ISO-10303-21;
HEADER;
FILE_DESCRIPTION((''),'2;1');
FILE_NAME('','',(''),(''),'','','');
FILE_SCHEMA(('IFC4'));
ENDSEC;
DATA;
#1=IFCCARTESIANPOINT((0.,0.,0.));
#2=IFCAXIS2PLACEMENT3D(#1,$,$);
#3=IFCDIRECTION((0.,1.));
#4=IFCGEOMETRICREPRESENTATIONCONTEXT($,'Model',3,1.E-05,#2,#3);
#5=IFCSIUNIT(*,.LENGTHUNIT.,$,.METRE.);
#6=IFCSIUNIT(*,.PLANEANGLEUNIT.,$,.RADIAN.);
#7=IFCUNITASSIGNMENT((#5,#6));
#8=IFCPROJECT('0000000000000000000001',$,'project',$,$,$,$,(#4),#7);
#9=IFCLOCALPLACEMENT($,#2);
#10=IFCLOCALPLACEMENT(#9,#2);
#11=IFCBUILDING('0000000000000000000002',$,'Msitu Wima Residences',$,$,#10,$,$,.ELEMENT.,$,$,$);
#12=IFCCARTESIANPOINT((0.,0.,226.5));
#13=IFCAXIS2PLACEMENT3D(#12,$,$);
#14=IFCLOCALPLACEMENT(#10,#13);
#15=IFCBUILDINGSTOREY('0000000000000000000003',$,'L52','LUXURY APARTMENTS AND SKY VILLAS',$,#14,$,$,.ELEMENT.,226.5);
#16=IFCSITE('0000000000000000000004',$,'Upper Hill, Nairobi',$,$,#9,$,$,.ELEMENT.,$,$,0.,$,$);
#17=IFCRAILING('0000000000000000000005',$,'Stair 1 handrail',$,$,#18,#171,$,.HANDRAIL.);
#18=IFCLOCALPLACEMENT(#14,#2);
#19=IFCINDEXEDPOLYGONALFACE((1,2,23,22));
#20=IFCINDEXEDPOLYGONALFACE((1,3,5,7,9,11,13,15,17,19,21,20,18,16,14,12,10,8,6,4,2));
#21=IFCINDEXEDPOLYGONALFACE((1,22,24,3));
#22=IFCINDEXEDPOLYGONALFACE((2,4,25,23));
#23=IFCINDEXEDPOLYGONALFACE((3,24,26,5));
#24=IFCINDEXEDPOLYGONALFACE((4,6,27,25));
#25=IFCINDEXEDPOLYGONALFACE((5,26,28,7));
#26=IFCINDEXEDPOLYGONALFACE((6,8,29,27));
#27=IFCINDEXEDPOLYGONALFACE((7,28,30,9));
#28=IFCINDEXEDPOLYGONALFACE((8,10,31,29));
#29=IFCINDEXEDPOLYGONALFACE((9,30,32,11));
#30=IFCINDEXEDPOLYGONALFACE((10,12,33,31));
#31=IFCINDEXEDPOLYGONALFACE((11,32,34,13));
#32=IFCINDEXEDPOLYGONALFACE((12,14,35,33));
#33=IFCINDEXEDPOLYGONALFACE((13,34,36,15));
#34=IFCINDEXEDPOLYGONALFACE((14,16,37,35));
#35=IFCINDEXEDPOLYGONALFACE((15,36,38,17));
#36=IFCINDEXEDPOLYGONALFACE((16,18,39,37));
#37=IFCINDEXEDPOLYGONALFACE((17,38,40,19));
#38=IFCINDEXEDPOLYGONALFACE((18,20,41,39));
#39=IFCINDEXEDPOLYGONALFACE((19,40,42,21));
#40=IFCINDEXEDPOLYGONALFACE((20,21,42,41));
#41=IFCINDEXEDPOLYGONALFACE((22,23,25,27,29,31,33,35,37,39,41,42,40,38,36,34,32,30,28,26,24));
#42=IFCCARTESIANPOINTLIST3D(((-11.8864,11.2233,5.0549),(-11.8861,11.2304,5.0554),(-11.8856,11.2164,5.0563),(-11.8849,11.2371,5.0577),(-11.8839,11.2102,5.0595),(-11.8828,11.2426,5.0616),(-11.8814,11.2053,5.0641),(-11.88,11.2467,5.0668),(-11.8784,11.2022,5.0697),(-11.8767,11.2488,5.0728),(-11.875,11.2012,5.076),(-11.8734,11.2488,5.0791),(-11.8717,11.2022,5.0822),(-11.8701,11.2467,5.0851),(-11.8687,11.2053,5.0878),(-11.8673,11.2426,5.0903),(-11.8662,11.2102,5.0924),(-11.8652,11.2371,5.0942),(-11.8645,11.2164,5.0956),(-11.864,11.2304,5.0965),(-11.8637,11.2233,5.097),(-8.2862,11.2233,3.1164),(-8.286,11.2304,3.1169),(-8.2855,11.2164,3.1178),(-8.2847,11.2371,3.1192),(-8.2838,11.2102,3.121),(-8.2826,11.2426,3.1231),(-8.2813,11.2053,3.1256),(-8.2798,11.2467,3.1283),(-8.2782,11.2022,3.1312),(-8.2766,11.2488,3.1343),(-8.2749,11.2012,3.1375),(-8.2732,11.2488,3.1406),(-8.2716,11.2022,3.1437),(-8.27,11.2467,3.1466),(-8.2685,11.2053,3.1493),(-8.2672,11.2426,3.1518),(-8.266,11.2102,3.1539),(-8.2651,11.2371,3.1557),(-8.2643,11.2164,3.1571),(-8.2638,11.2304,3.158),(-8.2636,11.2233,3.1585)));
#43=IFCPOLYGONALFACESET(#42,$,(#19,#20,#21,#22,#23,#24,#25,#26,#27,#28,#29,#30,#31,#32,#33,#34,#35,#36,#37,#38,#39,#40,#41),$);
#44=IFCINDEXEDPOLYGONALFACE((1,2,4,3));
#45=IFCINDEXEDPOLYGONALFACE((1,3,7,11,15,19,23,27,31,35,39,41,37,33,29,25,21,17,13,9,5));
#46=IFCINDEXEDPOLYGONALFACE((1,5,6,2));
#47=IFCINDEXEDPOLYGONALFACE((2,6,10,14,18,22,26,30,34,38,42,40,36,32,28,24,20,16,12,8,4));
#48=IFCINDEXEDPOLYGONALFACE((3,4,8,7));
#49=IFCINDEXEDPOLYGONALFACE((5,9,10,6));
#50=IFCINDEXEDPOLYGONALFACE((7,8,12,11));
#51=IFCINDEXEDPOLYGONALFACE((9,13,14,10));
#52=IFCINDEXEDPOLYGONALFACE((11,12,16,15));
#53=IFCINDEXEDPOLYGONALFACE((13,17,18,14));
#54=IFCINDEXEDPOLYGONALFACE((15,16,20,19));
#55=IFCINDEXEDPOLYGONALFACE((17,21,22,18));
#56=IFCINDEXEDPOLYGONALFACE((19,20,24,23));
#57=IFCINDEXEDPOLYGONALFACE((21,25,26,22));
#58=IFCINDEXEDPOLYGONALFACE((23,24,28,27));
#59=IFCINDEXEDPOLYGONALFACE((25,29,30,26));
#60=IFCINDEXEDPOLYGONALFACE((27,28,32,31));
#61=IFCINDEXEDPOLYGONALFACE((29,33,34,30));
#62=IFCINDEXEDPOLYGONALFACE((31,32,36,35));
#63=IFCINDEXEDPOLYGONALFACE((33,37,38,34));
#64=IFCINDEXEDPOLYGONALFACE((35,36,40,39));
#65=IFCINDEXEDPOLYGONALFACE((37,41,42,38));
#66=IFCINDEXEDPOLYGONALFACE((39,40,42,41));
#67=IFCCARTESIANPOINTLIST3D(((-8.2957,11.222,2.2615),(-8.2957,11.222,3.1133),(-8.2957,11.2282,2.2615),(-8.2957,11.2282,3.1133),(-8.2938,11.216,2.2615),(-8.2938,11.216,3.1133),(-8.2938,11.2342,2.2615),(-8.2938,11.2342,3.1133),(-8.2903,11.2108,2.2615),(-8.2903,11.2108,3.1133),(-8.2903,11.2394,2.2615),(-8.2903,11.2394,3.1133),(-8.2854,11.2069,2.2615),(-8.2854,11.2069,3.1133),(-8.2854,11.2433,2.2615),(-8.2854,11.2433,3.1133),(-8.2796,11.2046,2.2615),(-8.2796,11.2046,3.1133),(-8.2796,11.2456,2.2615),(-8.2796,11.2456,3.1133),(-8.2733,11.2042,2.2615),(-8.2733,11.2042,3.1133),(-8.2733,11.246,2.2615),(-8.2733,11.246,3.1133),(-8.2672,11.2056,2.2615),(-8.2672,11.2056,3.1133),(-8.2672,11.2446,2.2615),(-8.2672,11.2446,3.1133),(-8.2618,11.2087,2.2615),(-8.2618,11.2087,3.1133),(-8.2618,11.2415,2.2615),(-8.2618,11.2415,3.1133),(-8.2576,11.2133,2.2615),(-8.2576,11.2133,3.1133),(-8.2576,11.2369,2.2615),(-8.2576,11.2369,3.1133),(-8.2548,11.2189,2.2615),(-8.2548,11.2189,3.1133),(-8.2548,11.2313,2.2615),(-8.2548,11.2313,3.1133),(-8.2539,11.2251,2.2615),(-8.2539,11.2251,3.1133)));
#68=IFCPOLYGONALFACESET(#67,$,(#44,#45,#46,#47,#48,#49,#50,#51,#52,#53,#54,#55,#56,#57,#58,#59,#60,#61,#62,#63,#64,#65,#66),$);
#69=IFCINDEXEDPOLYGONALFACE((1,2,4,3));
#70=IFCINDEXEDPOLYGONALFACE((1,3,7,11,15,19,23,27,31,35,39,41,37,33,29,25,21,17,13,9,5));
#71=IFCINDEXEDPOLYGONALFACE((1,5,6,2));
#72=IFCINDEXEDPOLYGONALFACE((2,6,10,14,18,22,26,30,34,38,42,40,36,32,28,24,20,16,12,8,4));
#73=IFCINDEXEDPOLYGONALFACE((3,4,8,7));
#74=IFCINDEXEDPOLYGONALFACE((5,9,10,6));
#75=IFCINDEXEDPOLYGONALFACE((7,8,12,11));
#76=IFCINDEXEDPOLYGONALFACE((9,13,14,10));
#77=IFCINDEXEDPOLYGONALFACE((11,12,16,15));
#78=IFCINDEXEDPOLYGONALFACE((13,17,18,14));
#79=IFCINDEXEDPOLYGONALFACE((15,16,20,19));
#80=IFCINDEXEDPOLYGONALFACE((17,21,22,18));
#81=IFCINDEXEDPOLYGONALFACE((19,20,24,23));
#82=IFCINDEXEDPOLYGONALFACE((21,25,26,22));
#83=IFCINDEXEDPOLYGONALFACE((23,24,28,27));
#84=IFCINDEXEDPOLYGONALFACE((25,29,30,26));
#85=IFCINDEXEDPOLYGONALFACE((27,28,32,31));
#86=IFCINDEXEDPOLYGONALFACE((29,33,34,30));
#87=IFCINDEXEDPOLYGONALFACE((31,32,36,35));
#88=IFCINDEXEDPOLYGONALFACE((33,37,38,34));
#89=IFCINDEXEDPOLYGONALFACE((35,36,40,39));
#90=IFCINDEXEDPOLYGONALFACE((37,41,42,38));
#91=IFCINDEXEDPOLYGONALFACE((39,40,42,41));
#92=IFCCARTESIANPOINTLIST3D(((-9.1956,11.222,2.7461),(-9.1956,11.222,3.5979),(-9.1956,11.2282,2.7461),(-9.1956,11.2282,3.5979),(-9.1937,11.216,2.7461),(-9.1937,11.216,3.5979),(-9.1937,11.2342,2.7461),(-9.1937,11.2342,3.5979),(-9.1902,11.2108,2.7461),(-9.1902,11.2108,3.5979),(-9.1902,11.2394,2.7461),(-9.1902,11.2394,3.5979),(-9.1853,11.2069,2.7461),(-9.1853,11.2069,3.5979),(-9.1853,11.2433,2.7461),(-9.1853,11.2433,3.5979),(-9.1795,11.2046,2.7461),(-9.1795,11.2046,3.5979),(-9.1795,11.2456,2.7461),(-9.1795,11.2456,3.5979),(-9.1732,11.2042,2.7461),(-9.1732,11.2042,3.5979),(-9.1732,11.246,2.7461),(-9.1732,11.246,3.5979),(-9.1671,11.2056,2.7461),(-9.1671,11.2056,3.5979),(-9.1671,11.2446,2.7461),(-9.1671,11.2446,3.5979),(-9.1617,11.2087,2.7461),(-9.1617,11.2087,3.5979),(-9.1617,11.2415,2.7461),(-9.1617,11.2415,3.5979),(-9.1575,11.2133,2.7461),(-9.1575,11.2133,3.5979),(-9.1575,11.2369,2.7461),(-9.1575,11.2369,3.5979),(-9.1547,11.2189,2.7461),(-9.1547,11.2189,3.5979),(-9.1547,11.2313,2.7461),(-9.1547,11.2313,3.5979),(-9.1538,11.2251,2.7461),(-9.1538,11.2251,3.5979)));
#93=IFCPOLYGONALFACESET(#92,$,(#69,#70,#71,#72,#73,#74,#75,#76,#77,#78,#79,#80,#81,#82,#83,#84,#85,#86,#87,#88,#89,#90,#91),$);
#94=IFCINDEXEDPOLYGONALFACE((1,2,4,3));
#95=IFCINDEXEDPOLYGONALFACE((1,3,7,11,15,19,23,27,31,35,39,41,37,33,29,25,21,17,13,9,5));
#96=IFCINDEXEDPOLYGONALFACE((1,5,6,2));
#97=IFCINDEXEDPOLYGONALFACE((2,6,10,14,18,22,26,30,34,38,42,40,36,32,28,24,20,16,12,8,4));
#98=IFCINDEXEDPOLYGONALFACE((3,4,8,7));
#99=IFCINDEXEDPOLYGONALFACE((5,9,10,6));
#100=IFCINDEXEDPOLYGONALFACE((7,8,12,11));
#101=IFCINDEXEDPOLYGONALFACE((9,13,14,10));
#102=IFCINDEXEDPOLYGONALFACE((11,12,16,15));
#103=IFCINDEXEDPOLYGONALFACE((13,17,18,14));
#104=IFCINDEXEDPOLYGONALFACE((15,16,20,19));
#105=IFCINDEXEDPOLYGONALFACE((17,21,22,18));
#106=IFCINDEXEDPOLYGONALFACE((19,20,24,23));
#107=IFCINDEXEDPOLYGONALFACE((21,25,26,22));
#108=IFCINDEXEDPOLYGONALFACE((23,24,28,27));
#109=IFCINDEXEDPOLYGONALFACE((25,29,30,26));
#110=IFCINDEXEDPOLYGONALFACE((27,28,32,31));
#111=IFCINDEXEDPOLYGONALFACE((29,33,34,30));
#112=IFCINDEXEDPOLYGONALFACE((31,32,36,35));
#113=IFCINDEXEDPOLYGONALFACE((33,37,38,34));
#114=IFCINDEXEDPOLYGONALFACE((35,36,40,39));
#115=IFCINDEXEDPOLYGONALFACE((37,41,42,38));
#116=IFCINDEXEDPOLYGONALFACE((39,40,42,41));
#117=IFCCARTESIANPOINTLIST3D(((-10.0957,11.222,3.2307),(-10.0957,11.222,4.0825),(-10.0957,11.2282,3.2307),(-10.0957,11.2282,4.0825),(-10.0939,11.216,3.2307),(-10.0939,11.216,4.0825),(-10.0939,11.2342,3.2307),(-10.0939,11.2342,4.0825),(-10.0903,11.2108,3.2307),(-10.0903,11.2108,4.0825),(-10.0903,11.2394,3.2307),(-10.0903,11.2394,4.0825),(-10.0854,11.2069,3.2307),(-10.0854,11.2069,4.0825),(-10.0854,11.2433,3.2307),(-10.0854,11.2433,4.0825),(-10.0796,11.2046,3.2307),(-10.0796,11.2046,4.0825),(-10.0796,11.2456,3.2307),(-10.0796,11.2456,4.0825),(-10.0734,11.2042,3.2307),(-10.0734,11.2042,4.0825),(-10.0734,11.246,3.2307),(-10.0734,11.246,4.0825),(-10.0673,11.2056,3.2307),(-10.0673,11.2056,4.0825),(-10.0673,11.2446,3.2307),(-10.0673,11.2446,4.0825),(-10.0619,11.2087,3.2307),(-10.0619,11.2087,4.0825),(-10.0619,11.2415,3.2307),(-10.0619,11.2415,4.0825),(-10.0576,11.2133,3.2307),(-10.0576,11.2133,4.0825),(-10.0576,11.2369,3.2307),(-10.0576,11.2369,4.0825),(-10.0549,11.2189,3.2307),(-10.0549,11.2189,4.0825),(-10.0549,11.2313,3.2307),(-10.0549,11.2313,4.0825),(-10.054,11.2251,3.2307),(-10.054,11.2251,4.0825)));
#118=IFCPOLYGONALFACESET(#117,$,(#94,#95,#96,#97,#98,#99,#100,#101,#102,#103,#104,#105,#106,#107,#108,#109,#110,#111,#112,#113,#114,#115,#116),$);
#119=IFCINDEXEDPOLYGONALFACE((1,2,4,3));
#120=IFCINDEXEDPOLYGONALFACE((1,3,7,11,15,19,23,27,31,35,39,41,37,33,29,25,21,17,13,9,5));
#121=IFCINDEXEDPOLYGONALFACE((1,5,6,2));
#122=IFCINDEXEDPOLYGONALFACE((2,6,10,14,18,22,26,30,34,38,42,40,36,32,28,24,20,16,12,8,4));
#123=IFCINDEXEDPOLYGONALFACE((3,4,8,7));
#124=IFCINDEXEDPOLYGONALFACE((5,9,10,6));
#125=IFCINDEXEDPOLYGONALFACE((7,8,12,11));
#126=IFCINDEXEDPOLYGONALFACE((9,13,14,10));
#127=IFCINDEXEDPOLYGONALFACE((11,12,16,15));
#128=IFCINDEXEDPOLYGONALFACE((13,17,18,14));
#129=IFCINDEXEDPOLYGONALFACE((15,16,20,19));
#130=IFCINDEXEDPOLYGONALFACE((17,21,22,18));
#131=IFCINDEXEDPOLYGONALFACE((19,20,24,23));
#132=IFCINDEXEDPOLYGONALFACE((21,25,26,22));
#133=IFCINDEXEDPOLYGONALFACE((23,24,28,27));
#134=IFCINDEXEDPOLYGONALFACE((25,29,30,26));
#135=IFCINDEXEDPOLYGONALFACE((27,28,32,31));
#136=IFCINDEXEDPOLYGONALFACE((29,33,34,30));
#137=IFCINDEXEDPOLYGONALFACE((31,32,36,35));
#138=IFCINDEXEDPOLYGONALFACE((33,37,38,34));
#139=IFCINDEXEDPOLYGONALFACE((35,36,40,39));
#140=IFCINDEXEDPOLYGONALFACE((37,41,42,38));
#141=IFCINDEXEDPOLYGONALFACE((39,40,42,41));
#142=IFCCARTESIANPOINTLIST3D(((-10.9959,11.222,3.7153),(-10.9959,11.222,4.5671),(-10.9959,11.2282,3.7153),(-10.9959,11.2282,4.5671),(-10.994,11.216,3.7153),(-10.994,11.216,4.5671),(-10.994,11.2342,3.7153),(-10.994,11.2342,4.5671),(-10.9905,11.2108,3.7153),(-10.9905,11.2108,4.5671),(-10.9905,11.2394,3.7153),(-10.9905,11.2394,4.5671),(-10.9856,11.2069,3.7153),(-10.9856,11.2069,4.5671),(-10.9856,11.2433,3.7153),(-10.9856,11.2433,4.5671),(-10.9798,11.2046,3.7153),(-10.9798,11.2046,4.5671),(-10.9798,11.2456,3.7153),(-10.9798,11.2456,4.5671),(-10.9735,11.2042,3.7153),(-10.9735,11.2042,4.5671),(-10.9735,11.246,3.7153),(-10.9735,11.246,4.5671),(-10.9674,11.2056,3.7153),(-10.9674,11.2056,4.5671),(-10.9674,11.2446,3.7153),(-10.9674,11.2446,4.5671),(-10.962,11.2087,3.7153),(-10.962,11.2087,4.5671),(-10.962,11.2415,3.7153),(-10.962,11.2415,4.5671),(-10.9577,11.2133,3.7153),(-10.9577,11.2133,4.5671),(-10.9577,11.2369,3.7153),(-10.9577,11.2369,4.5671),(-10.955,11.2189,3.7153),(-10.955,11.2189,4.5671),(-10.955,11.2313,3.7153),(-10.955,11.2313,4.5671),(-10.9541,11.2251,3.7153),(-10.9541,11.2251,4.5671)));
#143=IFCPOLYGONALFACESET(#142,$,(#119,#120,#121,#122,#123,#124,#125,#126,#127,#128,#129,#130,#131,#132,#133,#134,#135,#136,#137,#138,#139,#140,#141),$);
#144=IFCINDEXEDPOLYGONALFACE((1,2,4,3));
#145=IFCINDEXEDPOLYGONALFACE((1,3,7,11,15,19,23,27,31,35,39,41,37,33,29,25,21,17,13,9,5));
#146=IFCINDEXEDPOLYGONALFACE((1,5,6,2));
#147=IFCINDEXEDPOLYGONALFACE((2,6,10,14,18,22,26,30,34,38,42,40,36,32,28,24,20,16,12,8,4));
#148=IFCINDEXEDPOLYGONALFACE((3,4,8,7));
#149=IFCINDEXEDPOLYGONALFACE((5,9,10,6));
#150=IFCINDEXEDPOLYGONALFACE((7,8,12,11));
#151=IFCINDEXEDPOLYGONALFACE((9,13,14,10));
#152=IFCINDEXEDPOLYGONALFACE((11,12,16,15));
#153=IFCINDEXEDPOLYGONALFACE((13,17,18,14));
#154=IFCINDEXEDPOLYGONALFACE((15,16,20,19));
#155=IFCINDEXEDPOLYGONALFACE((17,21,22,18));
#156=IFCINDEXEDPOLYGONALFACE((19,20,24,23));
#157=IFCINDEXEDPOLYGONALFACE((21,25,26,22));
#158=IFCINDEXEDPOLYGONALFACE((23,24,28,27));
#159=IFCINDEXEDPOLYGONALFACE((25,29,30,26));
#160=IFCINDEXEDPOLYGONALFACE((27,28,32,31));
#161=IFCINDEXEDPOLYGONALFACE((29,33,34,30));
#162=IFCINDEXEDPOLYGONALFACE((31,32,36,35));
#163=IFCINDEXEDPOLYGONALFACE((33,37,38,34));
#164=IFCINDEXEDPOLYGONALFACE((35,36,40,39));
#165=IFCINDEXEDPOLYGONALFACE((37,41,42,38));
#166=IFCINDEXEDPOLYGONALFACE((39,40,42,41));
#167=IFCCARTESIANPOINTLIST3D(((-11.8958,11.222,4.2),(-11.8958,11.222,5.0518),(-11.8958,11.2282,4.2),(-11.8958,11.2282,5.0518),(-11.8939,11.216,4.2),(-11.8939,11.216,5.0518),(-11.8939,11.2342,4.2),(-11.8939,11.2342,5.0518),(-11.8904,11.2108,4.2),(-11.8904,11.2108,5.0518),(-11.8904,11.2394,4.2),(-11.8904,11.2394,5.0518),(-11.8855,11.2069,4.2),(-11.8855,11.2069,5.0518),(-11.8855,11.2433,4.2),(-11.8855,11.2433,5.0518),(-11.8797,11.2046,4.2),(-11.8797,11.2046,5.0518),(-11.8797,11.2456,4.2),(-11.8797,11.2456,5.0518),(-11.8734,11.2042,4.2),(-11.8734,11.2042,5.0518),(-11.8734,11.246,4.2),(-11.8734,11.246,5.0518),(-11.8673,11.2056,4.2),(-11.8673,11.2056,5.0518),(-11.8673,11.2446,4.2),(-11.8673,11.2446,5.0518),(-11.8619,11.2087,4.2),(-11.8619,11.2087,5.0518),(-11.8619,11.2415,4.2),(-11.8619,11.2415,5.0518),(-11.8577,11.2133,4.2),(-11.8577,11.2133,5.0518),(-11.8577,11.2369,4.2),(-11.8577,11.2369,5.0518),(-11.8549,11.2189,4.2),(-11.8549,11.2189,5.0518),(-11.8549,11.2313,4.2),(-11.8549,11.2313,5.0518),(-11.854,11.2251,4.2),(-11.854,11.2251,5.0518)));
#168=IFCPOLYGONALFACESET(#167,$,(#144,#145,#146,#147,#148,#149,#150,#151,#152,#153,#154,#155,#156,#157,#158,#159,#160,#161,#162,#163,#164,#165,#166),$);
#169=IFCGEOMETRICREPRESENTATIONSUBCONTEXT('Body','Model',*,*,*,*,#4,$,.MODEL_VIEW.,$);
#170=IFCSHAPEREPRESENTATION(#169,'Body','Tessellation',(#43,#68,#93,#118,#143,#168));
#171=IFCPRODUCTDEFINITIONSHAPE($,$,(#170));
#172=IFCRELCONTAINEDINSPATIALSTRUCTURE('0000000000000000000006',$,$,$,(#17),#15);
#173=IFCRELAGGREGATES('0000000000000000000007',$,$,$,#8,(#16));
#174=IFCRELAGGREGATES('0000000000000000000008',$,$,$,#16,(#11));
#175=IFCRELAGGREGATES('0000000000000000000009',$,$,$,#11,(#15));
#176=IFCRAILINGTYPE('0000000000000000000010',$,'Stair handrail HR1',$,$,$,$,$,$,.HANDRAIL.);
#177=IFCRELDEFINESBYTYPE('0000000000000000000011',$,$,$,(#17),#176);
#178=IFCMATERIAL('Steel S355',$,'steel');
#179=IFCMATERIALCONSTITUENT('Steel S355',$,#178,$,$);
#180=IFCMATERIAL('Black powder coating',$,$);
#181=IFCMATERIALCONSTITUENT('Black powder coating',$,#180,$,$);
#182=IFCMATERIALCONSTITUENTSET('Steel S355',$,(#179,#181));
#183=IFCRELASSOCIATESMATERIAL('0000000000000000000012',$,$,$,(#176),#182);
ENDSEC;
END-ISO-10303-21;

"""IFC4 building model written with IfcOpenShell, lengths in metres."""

from ifc_helpers import new_model, si_unit, direction, frame, origin, origin_2d, place, context, subcontext, project, spatial, circle, extrude, material, constituent, constituent_set, type_object, element, save


model = new_model("IFC4")

# Units and contexts
model_context = context("Model", 3, precision=1e-05, world=origin(), true_north=direction((0.0, 1.0)))
body_context = subcontext(model_context, "Body", "Model", "MODEL_VIEW")
ifc_project = project(units=[si_unit("LENGTHUNIT", "METRE"), si_unit("PLANEANGLEUNIT", "RADIAN")], contexts=[model_context])

# Site, building, storey
site_placement = place(None, origin())
site = spatial("IfcSite", under=ifc_project, at=site_placement, Name="Upper Hill, Nairobi", CompositionType="ELEMENT", RefElevation=0.0)
building_placement = place(site_placement, origin())
building = spatial("IfcBuilding", under=site, at=building_placement, Name="Msitu Wima Residences", CompositionType="ELEMENT")
storey_placement = place(building_placement, frame((0.0, 0.0, 226.5)))
storey = spatial("IfcBuildingStorey", under=building, at=storey_placement, Name="L52", Description="LUXURY APARTMENTS AND SKY VILLAS", CompositionType="ELEMENT", Elevation=226.5)

# Railing
ifc_material_1 = material(Name="Steel S355", Category="steel")
ifc_constituent_1 = constituent(ifc_material_1, Name="Steel S355")
ifc_material_2 = material(Name="Black powder coating")
ifc_constituent_2 = constituent(ifc_material_2, Name="Black powder coating")
ifc_constituent_set = constituent_set(constituents=[ifc_constituent_1, ifc_constituent_2], Name="Steel S355")
railing_type = type_object("IfcRailingType", Name="Stair handrail HR1", PredefinedType="HANDRAIL", material=ifc_constituent_set)
for number, where, name in (
    (1, (-8.2749, 11.2251, 2.2615), "Stair 1 handrail"),
):
    element("IfcRailing", number, at=place(storey_placement, frame(where)), inside=storey, type_object=railing_type, Name=name, PredefinedType="HANDRAIL", context=body_context, shape_type="SweptSolid", body=[
        extrude(circle(Radius=0.0239, at=origin_2d()), frame((0.0, 0.0, 0.876), z_axis=(-0.880475, 0.0, 0.474093), x_axis=(0.0, -1.0, 0.0)), (0.0, 0.0, 1.0), 4.0889),
        extrude(circle(Radius=0.021, at=origin_2d()), origin(), (0.0, 0.0, 1.0), 0.8518),
        extrude(circle(Radius=0.021, at=origin_2d()), frame((-0.8999, 0.0, 0.4846)), (0.0, 0.0, 1.0), 0.8518),
        extrude(circle(Radius=0.021, at=origin_2d()), frame((-1.8, 0.0, 0.9692)), (0.0, 0.0, 1.0), 0.8518),
        extrude(circle(Radius=0.021, at=origin_2d()), frame((-2.7002, 0.0, 1.4539)), (0.0, 0.0, 1.0), 0.8518),
        extrude(circle(Radius=0.021, at=origin_2d()), frame((-3.6001, 0.0, 1.9385)), (0.0, 0.0, 1.0), 0.8518),
    ])

save(model, "model.ifc")
